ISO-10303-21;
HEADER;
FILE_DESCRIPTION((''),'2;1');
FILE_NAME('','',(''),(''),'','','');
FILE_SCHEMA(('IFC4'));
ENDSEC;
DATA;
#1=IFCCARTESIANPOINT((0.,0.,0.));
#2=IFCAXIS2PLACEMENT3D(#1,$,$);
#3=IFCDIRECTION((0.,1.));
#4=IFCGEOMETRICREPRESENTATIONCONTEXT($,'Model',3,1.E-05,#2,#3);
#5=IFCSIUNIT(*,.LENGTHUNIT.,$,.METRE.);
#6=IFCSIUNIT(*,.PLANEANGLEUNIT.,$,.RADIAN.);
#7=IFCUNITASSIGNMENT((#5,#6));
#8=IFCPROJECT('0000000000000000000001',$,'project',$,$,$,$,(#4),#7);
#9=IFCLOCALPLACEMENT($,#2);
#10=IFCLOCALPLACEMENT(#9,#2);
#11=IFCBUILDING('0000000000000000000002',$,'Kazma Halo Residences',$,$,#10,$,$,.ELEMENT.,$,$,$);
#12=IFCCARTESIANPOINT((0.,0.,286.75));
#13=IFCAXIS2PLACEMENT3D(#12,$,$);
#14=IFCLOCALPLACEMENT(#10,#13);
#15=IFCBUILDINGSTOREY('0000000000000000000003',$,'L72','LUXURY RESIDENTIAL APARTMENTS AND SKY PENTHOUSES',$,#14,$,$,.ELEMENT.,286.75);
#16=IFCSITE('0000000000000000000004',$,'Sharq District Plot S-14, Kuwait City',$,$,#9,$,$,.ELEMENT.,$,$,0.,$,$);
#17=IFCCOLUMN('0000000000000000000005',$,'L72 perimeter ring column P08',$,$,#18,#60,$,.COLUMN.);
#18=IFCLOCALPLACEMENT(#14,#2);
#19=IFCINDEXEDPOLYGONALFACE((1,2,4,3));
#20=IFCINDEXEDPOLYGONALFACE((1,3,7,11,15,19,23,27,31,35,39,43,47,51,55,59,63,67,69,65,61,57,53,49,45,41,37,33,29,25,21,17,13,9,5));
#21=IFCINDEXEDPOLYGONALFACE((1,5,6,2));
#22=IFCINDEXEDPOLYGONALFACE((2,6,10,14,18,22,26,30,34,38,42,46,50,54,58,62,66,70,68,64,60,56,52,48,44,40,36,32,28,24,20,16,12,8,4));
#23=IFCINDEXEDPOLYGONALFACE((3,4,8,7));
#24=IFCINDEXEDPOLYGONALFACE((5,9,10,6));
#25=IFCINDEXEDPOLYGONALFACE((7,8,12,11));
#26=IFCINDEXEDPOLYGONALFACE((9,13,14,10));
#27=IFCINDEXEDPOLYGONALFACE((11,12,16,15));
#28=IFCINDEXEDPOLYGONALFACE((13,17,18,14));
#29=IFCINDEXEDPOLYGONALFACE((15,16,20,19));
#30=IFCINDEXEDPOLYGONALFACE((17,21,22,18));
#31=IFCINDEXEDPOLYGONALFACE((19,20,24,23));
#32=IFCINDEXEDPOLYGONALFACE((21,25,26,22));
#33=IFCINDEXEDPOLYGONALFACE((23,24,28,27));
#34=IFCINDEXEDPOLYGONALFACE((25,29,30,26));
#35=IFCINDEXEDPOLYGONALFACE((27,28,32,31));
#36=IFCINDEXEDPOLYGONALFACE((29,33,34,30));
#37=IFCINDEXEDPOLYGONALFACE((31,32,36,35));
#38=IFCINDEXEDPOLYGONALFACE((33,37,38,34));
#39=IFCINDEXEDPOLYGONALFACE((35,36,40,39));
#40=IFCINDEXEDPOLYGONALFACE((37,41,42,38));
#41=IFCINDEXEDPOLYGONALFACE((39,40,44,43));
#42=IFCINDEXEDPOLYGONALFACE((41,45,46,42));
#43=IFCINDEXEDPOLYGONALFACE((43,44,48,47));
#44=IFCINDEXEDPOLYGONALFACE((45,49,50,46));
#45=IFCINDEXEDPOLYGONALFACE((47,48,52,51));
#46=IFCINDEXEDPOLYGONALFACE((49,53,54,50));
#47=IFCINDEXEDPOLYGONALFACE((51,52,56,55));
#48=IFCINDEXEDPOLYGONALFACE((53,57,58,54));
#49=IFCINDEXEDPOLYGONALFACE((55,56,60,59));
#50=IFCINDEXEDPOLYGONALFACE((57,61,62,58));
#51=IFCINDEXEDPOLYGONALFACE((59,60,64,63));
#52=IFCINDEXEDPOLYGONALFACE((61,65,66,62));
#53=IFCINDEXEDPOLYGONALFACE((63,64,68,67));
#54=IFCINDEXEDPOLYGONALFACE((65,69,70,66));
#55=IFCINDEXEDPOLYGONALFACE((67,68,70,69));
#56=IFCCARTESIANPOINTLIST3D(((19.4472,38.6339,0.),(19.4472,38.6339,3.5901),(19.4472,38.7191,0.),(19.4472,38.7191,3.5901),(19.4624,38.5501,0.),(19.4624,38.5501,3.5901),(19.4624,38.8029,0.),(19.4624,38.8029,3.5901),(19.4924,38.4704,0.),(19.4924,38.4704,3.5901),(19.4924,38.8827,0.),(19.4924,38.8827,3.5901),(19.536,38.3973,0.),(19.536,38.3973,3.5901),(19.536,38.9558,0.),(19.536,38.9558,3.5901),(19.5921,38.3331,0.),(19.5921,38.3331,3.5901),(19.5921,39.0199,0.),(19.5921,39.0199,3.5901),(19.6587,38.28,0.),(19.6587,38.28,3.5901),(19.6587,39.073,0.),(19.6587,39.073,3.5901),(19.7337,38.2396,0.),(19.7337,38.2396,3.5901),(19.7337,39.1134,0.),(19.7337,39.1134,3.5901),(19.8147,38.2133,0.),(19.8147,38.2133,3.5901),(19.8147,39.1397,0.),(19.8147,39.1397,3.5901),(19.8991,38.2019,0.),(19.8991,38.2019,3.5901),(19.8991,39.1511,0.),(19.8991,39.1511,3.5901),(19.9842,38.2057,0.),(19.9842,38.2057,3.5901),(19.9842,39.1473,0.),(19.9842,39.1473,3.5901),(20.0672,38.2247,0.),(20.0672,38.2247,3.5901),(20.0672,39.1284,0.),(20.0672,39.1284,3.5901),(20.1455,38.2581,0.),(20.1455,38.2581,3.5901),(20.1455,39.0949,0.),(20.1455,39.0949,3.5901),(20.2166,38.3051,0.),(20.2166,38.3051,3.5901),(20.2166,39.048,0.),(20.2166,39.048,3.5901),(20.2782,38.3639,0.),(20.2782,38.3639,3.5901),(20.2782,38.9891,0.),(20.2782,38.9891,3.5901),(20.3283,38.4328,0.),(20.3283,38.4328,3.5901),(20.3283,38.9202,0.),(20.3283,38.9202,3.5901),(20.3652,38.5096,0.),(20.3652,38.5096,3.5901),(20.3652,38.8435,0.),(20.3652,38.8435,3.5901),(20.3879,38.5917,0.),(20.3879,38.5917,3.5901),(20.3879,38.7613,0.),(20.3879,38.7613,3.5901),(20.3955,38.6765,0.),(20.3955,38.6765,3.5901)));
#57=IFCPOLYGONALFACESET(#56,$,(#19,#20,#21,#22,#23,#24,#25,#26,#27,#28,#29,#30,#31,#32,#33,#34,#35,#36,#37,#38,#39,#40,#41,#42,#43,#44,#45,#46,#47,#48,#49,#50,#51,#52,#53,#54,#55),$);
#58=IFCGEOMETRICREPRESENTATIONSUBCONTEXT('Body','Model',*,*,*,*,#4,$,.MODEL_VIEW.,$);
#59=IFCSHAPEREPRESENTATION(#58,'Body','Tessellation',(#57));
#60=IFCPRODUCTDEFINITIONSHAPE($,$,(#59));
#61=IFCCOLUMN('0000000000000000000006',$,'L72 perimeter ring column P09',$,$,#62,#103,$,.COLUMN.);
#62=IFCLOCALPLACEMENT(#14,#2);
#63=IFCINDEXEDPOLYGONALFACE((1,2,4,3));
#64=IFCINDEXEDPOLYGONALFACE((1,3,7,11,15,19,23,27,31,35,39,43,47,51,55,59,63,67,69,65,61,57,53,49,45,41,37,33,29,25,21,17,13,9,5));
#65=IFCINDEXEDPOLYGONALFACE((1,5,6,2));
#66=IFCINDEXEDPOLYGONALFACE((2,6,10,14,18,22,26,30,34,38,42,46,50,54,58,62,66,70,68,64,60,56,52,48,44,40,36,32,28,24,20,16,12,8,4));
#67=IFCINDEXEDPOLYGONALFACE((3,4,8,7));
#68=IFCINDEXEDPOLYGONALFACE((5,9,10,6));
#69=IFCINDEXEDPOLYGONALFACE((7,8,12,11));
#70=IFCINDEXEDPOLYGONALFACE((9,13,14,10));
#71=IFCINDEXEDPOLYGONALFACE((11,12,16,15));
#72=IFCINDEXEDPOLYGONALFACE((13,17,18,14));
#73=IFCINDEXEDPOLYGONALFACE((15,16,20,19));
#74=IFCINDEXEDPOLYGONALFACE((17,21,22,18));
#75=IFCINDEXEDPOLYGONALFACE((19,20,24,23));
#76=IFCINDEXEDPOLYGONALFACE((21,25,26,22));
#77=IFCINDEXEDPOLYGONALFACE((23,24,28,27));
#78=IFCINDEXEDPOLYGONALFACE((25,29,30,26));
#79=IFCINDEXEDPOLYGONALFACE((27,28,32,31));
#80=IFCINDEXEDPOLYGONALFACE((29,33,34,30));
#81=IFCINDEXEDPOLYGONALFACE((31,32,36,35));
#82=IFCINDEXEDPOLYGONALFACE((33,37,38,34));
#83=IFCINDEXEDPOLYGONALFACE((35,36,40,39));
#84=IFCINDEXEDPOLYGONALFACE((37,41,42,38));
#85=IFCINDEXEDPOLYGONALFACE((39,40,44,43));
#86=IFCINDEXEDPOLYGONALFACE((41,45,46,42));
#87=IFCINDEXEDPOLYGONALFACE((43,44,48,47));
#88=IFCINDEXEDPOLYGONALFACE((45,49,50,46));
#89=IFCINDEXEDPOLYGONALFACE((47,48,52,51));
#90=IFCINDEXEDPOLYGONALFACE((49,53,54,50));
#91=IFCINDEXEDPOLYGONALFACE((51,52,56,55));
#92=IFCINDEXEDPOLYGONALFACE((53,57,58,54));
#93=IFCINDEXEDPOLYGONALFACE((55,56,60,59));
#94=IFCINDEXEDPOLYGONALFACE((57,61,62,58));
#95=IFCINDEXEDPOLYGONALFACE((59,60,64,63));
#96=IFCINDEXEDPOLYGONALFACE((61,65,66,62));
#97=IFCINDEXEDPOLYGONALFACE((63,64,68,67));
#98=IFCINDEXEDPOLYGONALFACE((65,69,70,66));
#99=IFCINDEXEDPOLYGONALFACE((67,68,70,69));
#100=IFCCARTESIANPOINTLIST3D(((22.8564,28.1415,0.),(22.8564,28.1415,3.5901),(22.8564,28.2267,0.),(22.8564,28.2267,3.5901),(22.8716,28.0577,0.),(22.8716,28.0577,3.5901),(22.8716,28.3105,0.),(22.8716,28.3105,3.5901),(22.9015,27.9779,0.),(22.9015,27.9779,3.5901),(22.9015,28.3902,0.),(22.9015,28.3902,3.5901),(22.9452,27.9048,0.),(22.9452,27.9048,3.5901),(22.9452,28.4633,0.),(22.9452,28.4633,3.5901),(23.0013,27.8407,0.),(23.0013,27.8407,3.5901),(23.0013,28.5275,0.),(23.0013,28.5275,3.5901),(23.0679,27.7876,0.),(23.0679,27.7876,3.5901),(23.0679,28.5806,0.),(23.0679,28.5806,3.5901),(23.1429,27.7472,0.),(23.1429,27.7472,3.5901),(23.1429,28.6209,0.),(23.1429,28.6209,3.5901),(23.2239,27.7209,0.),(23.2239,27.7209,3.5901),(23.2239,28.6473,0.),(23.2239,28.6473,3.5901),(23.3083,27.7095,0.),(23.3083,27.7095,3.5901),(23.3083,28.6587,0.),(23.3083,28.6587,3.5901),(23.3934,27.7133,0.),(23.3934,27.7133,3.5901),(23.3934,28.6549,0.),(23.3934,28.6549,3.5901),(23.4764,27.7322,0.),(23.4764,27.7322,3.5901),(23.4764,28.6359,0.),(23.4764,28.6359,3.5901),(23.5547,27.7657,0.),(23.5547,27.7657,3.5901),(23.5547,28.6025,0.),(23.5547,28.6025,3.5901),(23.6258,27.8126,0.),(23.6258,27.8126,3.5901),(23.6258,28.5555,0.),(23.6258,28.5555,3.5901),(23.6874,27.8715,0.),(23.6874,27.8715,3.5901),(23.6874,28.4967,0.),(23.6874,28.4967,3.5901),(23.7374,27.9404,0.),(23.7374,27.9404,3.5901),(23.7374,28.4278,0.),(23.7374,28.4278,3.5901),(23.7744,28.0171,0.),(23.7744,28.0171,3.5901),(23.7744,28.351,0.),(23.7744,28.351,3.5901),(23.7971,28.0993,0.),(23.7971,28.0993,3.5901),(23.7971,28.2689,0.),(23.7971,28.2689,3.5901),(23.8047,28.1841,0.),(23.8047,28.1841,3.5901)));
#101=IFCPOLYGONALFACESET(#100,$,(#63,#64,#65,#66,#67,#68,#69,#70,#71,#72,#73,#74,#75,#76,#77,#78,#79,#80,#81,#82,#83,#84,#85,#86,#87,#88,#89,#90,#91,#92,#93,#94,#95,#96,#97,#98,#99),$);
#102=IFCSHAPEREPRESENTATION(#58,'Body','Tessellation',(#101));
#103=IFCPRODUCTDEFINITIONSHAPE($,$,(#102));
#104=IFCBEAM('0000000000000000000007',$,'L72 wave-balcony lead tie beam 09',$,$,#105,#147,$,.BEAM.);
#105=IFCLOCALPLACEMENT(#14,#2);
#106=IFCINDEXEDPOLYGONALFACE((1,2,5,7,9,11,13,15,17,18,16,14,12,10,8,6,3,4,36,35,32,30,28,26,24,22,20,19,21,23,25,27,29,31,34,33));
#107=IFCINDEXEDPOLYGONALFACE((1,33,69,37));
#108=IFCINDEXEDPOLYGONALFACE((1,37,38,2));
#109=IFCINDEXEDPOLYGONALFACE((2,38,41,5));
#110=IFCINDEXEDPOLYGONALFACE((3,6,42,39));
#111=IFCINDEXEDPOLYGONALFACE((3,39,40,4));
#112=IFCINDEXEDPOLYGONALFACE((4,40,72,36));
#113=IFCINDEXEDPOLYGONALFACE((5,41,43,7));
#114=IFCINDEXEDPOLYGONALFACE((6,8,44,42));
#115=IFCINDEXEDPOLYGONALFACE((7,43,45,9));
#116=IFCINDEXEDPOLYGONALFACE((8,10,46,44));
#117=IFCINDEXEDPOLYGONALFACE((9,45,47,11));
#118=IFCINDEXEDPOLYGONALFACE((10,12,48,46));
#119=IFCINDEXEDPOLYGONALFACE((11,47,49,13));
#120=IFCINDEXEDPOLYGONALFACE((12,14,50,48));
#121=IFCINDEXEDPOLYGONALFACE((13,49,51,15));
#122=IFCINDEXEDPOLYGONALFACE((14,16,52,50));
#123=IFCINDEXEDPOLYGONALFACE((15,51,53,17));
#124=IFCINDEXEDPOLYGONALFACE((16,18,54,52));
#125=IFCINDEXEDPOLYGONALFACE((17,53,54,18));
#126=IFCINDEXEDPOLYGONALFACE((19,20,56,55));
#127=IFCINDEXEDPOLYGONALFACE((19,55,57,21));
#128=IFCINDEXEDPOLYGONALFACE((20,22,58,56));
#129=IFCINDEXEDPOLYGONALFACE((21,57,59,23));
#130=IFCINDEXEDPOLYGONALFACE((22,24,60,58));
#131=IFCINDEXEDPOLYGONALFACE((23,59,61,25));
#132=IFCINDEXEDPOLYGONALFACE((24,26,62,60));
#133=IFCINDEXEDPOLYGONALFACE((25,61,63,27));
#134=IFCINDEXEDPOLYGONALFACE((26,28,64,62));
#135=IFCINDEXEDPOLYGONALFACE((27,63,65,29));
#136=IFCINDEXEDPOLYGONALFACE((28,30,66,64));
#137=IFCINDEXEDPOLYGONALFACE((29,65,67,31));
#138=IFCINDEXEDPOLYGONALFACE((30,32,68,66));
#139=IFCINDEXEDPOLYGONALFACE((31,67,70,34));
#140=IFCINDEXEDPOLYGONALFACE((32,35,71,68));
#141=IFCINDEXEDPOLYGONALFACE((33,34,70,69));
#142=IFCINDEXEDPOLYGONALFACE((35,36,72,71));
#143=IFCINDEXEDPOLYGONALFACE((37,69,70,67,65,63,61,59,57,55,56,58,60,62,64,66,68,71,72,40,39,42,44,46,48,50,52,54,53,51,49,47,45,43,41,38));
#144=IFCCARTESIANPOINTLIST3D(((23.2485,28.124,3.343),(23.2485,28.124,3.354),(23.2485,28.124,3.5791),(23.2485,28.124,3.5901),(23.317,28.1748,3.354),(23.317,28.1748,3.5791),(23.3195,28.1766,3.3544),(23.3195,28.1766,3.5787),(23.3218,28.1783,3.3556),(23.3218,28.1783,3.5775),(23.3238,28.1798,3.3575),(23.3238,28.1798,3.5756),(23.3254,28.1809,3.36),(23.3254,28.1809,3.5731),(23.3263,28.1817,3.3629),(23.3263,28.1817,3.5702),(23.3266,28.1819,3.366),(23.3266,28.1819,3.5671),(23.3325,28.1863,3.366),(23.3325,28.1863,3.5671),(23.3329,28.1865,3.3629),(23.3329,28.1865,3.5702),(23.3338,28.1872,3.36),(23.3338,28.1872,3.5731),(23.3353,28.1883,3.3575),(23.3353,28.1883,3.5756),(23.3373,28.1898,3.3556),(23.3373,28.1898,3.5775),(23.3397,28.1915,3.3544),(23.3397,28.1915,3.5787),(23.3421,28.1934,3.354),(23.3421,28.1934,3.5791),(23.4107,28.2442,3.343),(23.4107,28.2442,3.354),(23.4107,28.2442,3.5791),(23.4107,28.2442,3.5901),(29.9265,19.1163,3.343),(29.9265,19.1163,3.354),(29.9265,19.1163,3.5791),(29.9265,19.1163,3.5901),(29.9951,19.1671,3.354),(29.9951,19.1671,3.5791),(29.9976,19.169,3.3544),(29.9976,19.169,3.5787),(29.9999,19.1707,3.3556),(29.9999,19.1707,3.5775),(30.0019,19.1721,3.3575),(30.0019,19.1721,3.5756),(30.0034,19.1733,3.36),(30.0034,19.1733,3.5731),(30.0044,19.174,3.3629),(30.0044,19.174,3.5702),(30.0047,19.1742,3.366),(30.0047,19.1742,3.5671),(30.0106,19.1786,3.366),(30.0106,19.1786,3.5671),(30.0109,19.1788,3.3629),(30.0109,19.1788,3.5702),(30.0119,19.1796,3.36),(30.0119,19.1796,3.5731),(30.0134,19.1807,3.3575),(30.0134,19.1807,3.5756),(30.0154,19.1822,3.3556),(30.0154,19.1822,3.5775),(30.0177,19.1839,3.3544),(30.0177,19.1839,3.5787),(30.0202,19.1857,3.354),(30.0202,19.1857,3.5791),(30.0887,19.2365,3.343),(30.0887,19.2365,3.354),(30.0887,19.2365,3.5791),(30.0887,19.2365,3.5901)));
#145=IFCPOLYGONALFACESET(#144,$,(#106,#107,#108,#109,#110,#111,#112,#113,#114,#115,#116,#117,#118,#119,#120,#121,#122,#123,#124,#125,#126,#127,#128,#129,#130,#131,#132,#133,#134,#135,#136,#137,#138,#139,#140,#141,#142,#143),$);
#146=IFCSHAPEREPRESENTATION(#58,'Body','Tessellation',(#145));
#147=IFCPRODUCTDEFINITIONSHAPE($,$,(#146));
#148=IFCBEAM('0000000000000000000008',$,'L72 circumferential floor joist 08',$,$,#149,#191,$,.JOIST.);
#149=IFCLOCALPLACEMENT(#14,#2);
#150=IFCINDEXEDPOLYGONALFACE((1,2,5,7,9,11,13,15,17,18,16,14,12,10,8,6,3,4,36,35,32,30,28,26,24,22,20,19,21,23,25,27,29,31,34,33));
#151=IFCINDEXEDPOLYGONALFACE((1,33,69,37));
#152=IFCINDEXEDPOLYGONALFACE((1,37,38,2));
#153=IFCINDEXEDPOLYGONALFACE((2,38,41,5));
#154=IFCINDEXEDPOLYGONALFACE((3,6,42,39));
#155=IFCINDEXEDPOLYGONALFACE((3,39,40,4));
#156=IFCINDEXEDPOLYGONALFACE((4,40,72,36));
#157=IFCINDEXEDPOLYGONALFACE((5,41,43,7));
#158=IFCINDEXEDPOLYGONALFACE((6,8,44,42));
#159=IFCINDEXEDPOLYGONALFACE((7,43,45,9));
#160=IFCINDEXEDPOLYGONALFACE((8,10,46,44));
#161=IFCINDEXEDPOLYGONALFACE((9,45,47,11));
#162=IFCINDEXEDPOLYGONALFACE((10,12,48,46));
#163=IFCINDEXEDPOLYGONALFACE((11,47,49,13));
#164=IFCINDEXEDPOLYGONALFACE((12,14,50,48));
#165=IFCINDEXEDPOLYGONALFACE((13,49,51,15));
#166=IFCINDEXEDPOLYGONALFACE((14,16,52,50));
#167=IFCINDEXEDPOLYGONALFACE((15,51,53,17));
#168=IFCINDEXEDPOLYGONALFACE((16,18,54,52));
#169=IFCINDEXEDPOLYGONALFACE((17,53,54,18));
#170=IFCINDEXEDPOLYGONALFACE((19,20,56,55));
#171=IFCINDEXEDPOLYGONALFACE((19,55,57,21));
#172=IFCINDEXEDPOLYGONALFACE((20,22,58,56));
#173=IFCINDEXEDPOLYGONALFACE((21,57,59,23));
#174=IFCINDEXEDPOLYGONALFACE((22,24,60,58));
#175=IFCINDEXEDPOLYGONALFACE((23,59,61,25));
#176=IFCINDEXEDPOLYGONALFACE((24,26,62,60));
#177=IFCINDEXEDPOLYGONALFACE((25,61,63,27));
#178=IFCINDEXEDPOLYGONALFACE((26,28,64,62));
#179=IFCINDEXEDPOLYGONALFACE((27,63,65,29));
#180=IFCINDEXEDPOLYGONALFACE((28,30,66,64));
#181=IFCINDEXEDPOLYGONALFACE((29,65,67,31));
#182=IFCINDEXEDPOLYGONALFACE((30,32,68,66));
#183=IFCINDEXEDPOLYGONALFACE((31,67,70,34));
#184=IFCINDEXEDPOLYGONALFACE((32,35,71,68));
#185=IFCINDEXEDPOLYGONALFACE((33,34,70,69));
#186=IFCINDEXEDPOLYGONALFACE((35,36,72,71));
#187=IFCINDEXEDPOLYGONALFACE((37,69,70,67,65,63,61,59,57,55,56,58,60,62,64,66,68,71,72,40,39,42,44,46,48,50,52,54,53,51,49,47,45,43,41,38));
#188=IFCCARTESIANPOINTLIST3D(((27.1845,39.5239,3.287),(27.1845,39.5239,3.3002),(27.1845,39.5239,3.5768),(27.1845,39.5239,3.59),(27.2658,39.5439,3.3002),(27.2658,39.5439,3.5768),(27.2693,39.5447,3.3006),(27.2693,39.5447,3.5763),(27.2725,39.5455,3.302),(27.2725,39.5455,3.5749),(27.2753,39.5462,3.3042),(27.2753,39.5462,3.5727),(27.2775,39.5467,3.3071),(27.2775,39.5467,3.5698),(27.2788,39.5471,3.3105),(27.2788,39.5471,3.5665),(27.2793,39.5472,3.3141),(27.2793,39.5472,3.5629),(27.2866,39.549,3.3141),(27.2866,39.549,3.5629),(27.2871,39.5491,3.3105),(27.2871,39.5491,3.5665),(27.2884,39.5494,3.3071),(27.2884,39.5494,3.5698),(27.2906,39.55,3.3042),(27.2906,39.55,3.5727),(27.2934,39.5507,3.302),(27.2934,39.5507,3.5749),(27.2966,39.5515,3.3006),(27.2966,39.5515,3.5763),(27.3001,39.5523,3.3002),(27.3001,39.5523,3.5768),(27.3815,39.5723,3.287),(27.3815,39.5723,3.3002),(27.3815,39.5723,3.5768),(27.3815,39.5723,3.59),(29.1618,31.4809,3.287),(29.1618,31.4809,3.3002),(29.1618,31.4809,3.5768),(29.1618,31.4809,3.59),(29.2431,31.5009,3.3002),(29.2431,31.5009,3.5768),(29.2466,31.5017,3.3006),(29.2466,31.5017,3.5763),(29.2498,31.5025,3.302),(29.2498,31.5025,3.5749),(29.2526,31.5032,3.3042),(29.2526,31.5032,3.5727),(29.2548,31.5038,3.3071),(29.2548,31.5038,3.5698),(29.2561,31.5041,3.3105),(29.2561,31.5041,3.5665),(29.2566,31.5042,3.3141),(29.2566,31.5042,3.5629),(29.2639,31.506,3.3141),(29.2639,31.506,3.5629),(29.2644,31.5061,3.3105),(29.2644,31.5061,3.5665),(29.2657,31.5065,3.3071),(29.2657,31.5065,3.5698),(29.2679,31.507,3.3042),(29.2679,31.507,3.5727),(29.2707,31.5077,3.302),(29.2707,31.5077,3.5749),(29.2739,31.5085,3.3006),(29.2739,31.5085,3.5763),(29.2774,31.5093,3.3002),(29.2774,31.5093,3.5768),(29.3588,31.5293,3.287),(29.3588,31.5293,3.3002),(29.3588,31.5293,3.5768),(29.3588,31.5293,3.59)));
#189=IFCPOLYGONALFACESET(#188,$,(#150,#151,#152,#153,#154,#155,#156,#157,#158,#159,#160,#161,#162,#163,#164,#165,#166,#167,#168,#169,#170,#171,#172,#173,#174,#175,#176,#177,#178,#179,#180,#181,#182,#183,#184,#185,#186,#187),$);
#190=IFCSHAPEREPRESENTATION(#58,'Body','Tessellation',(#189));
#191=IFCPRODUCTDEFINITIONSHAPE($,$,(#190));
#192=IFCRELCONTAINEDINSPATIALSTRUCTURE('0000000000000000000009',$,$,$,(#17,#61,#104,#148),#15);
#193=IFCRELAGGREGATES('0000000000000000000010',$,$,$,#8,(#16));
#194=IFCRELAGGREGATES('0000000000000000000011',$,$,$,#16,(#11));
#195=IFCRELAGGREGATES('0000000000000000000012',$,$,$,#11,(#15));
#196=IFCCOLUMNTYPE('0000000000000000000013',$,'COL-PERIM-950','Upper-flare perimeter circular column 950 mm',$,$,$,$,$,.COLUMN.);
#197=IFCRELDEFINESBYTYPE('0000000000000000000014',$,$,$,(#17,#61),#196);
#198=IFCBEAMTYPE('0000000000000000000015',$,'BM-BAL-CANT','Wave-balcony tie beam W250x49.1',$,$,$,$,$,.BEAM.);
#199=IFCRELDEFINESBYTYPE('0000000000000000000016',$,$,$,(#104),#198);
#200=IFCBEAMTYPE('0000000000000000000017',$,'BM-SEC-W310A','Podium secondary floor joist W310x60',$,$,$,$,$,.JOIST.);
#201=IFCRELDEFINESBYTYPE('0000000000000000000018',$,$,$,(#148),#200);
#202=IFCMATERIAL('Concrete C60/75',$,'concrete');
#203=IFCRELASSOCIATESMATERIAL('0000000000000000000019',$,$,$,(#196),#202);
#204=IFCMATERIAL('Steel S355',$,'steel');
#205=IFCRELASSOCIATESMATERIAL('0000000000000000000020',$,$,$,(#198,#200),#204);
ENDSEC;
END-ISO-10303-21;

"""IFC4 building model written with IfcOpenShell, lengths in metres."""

from ifc_helpers import new_model, si_unit, direction, frame, origin, origin_2d, place, context, subcontext, project, spatial, circle, i_section, extrude, material, material_profile, profile_set, type_object, element, save


model = new_model("IFC4")

# Units and contexts
model_context = context("Model", 3, precision=1e-05, world=origin(), true_north=direction((0.0, 1.0)))
body_context = subcontext(model_context, "Body", "Model", "MODEL_VIEW")
ifc_project = project(units=[si_unit("LENGTHUNIT", "METRE"), si_unit("PLANEANGLEUNIT", "RADIAN")], contexts=[model_context])

# Site, building, storey
site_placement = place(None, origin())
site = spatial("IfcSite", under=ifc_project, at=site_placement, Name="Sharq District Plot S-14, Kuwait City", CompositionType="ELEMENT", RefElevation=0.0)
building_placement = place(site_placement, origin())
building = spatial("IfcBuilding", under=site, at=building_placement, Name="Kazma Halo Residences", CompositionType="ELEMENT")
storey_placement = place(building_placement, frame((0.0, 0.0, 286.75)))
storey = spatial("IfcBuildingStorey", under=building, at=storey_placement, Name="L72", Description="LUXURY RESIDENTIAL APARTMENTS AND SKY PENTHOUSES", CompositionType="ELEMENT", Elevation=286.75)

# Columns
ifc_material_1 = material(Name="Concrete C60/75", Category="concrete")
ifc_material_profile_1 = material_profile(ifc_material_1, circle(Radius=0.4751, at=origin_2d()), Name="CIRC950")
ifc_profile_set_1 = profile_set([ifc_material_profile_1], Name="Concrete C60/75")
column_type = type_object("IfcColumnType", Name="COL-PERIM-950", Description="Upper-flare perimeter circular column 950 mm", PredefinedType="COLUMN", material=ifc_profile_set_1)
for number, where, z_axis, x_axis, name in (
    (1, (19.9204, 38.6765, 0.0), (0.0, 0.0, 1.0), (1.0, 0.0, 0.0), "L72 perimeter ring column P08"),
    (2, (23.3296, 28.1841, 0.0), (0.0, 0.0, 1.0), (1.0, 0.0, 0.0), "L72 perimeter ring column P09"),
):
    element("IfcColumn", number, at=place(storey_placement, frame(where, z_axis=z_axis, x_axis=x_axis)), inside=storey, type_object=column_type, Name=name, PredefinedType="COLUMN", context=body_context, shape_type="SweptSolid", body=[
        extrude(circle(Radius=0.4751, at=origin_2d()), origin(), (0.0, 0.0, 1.0), 3.5901),
    ])

# Beams
ifc_material_2 = material(Name="Steel S355", Category="steel")
ifc_material_profile_2 = material_profile(ifc_material_2, i_section(OverallWidth=0.2019, OverallDepth=0.2471, WebThickness=0.0073, FlangeThickness=0.011, FilletRadius=0.012, at=origin_2d()), Name="W250x49.1")
ifc_profile_set_2 = profile_set([ifc_material_profile_2], Name="Steel S355")
beam_type_1 = type_object("IfcBeamType", Name="BM-BAL-CANT", Description="Wave-balcony tie beam W250x49.1", PredefinedType="BEAM", material=ifc_profile_set_2)
beam_1_placement = place(storey_placement, frame((23.3296, 28.1841, 3.4666), z_axis=(0.595556, -0.803314, 0.0), x_axis=(0.803314, 0.595556, 0.0)))
element("IfcBeam", 3, at=beam_1_placement, inside=storey, type_object=beam_type_1, Name="L72 wave-balcony lead tie beam 09", PredefinedType="BEAM", context=body_context, shape_type="SweptSolid", body=[
    extrude(i_section(OverallWidth=0.2019, OverallDepth=0.2471, WebThickness=0.0073, FlangeThickness=0.011, FilletRadius=0.012, at=origin_2d()), origin(), (0.0, 0.0, 1.0), 11.2131),
])
ifc_material_profile_3 = material_profile(ifc_material_2, i_section(OverallWidth=0.2029, OverallDepth=0.303, WebThickness=0.0076, FlangeThickness=0.0132, FilletRadius=0.0139, at=origin_2d()), Name="W310x60")
ifc_profile_set_3 = profile_set([ifc_material_profile_3], Name="Steel S355")
beam_type_2 = type_object("IfcBeamType", Name="BM-SEC-W310A", Description="Podium secondary floor joist W310x60", PredefinedType="JOIST", material=ifc_profile_set_3)
beam_2_placement = place(storey_placement, frame((27.283, 39.5481, 3.4385), z_axis=(0.238733, -0.971085, 0.0), x_axis=(0.971085, 0.238733, 0.0)))
element("IfcBeam", 4, at=beam_2_placement, inside=storey, type_object=beam_type_2, Name="L72 circumferential floor joist 08", PredefinedType="JOIST", context=body_context, shape_type="SweptSolid", body=[
    extrude(i_section(OverallWidth=0.2029, OverallDepth=0.303, WebThickness=0.0076, FlangeThickness=0.0132, FilletRadius=0.0139, at=origin_2d()), origin(), (0.0, 0.0, 1.0), 8.2825),
])

save(model, "model.ifc")
